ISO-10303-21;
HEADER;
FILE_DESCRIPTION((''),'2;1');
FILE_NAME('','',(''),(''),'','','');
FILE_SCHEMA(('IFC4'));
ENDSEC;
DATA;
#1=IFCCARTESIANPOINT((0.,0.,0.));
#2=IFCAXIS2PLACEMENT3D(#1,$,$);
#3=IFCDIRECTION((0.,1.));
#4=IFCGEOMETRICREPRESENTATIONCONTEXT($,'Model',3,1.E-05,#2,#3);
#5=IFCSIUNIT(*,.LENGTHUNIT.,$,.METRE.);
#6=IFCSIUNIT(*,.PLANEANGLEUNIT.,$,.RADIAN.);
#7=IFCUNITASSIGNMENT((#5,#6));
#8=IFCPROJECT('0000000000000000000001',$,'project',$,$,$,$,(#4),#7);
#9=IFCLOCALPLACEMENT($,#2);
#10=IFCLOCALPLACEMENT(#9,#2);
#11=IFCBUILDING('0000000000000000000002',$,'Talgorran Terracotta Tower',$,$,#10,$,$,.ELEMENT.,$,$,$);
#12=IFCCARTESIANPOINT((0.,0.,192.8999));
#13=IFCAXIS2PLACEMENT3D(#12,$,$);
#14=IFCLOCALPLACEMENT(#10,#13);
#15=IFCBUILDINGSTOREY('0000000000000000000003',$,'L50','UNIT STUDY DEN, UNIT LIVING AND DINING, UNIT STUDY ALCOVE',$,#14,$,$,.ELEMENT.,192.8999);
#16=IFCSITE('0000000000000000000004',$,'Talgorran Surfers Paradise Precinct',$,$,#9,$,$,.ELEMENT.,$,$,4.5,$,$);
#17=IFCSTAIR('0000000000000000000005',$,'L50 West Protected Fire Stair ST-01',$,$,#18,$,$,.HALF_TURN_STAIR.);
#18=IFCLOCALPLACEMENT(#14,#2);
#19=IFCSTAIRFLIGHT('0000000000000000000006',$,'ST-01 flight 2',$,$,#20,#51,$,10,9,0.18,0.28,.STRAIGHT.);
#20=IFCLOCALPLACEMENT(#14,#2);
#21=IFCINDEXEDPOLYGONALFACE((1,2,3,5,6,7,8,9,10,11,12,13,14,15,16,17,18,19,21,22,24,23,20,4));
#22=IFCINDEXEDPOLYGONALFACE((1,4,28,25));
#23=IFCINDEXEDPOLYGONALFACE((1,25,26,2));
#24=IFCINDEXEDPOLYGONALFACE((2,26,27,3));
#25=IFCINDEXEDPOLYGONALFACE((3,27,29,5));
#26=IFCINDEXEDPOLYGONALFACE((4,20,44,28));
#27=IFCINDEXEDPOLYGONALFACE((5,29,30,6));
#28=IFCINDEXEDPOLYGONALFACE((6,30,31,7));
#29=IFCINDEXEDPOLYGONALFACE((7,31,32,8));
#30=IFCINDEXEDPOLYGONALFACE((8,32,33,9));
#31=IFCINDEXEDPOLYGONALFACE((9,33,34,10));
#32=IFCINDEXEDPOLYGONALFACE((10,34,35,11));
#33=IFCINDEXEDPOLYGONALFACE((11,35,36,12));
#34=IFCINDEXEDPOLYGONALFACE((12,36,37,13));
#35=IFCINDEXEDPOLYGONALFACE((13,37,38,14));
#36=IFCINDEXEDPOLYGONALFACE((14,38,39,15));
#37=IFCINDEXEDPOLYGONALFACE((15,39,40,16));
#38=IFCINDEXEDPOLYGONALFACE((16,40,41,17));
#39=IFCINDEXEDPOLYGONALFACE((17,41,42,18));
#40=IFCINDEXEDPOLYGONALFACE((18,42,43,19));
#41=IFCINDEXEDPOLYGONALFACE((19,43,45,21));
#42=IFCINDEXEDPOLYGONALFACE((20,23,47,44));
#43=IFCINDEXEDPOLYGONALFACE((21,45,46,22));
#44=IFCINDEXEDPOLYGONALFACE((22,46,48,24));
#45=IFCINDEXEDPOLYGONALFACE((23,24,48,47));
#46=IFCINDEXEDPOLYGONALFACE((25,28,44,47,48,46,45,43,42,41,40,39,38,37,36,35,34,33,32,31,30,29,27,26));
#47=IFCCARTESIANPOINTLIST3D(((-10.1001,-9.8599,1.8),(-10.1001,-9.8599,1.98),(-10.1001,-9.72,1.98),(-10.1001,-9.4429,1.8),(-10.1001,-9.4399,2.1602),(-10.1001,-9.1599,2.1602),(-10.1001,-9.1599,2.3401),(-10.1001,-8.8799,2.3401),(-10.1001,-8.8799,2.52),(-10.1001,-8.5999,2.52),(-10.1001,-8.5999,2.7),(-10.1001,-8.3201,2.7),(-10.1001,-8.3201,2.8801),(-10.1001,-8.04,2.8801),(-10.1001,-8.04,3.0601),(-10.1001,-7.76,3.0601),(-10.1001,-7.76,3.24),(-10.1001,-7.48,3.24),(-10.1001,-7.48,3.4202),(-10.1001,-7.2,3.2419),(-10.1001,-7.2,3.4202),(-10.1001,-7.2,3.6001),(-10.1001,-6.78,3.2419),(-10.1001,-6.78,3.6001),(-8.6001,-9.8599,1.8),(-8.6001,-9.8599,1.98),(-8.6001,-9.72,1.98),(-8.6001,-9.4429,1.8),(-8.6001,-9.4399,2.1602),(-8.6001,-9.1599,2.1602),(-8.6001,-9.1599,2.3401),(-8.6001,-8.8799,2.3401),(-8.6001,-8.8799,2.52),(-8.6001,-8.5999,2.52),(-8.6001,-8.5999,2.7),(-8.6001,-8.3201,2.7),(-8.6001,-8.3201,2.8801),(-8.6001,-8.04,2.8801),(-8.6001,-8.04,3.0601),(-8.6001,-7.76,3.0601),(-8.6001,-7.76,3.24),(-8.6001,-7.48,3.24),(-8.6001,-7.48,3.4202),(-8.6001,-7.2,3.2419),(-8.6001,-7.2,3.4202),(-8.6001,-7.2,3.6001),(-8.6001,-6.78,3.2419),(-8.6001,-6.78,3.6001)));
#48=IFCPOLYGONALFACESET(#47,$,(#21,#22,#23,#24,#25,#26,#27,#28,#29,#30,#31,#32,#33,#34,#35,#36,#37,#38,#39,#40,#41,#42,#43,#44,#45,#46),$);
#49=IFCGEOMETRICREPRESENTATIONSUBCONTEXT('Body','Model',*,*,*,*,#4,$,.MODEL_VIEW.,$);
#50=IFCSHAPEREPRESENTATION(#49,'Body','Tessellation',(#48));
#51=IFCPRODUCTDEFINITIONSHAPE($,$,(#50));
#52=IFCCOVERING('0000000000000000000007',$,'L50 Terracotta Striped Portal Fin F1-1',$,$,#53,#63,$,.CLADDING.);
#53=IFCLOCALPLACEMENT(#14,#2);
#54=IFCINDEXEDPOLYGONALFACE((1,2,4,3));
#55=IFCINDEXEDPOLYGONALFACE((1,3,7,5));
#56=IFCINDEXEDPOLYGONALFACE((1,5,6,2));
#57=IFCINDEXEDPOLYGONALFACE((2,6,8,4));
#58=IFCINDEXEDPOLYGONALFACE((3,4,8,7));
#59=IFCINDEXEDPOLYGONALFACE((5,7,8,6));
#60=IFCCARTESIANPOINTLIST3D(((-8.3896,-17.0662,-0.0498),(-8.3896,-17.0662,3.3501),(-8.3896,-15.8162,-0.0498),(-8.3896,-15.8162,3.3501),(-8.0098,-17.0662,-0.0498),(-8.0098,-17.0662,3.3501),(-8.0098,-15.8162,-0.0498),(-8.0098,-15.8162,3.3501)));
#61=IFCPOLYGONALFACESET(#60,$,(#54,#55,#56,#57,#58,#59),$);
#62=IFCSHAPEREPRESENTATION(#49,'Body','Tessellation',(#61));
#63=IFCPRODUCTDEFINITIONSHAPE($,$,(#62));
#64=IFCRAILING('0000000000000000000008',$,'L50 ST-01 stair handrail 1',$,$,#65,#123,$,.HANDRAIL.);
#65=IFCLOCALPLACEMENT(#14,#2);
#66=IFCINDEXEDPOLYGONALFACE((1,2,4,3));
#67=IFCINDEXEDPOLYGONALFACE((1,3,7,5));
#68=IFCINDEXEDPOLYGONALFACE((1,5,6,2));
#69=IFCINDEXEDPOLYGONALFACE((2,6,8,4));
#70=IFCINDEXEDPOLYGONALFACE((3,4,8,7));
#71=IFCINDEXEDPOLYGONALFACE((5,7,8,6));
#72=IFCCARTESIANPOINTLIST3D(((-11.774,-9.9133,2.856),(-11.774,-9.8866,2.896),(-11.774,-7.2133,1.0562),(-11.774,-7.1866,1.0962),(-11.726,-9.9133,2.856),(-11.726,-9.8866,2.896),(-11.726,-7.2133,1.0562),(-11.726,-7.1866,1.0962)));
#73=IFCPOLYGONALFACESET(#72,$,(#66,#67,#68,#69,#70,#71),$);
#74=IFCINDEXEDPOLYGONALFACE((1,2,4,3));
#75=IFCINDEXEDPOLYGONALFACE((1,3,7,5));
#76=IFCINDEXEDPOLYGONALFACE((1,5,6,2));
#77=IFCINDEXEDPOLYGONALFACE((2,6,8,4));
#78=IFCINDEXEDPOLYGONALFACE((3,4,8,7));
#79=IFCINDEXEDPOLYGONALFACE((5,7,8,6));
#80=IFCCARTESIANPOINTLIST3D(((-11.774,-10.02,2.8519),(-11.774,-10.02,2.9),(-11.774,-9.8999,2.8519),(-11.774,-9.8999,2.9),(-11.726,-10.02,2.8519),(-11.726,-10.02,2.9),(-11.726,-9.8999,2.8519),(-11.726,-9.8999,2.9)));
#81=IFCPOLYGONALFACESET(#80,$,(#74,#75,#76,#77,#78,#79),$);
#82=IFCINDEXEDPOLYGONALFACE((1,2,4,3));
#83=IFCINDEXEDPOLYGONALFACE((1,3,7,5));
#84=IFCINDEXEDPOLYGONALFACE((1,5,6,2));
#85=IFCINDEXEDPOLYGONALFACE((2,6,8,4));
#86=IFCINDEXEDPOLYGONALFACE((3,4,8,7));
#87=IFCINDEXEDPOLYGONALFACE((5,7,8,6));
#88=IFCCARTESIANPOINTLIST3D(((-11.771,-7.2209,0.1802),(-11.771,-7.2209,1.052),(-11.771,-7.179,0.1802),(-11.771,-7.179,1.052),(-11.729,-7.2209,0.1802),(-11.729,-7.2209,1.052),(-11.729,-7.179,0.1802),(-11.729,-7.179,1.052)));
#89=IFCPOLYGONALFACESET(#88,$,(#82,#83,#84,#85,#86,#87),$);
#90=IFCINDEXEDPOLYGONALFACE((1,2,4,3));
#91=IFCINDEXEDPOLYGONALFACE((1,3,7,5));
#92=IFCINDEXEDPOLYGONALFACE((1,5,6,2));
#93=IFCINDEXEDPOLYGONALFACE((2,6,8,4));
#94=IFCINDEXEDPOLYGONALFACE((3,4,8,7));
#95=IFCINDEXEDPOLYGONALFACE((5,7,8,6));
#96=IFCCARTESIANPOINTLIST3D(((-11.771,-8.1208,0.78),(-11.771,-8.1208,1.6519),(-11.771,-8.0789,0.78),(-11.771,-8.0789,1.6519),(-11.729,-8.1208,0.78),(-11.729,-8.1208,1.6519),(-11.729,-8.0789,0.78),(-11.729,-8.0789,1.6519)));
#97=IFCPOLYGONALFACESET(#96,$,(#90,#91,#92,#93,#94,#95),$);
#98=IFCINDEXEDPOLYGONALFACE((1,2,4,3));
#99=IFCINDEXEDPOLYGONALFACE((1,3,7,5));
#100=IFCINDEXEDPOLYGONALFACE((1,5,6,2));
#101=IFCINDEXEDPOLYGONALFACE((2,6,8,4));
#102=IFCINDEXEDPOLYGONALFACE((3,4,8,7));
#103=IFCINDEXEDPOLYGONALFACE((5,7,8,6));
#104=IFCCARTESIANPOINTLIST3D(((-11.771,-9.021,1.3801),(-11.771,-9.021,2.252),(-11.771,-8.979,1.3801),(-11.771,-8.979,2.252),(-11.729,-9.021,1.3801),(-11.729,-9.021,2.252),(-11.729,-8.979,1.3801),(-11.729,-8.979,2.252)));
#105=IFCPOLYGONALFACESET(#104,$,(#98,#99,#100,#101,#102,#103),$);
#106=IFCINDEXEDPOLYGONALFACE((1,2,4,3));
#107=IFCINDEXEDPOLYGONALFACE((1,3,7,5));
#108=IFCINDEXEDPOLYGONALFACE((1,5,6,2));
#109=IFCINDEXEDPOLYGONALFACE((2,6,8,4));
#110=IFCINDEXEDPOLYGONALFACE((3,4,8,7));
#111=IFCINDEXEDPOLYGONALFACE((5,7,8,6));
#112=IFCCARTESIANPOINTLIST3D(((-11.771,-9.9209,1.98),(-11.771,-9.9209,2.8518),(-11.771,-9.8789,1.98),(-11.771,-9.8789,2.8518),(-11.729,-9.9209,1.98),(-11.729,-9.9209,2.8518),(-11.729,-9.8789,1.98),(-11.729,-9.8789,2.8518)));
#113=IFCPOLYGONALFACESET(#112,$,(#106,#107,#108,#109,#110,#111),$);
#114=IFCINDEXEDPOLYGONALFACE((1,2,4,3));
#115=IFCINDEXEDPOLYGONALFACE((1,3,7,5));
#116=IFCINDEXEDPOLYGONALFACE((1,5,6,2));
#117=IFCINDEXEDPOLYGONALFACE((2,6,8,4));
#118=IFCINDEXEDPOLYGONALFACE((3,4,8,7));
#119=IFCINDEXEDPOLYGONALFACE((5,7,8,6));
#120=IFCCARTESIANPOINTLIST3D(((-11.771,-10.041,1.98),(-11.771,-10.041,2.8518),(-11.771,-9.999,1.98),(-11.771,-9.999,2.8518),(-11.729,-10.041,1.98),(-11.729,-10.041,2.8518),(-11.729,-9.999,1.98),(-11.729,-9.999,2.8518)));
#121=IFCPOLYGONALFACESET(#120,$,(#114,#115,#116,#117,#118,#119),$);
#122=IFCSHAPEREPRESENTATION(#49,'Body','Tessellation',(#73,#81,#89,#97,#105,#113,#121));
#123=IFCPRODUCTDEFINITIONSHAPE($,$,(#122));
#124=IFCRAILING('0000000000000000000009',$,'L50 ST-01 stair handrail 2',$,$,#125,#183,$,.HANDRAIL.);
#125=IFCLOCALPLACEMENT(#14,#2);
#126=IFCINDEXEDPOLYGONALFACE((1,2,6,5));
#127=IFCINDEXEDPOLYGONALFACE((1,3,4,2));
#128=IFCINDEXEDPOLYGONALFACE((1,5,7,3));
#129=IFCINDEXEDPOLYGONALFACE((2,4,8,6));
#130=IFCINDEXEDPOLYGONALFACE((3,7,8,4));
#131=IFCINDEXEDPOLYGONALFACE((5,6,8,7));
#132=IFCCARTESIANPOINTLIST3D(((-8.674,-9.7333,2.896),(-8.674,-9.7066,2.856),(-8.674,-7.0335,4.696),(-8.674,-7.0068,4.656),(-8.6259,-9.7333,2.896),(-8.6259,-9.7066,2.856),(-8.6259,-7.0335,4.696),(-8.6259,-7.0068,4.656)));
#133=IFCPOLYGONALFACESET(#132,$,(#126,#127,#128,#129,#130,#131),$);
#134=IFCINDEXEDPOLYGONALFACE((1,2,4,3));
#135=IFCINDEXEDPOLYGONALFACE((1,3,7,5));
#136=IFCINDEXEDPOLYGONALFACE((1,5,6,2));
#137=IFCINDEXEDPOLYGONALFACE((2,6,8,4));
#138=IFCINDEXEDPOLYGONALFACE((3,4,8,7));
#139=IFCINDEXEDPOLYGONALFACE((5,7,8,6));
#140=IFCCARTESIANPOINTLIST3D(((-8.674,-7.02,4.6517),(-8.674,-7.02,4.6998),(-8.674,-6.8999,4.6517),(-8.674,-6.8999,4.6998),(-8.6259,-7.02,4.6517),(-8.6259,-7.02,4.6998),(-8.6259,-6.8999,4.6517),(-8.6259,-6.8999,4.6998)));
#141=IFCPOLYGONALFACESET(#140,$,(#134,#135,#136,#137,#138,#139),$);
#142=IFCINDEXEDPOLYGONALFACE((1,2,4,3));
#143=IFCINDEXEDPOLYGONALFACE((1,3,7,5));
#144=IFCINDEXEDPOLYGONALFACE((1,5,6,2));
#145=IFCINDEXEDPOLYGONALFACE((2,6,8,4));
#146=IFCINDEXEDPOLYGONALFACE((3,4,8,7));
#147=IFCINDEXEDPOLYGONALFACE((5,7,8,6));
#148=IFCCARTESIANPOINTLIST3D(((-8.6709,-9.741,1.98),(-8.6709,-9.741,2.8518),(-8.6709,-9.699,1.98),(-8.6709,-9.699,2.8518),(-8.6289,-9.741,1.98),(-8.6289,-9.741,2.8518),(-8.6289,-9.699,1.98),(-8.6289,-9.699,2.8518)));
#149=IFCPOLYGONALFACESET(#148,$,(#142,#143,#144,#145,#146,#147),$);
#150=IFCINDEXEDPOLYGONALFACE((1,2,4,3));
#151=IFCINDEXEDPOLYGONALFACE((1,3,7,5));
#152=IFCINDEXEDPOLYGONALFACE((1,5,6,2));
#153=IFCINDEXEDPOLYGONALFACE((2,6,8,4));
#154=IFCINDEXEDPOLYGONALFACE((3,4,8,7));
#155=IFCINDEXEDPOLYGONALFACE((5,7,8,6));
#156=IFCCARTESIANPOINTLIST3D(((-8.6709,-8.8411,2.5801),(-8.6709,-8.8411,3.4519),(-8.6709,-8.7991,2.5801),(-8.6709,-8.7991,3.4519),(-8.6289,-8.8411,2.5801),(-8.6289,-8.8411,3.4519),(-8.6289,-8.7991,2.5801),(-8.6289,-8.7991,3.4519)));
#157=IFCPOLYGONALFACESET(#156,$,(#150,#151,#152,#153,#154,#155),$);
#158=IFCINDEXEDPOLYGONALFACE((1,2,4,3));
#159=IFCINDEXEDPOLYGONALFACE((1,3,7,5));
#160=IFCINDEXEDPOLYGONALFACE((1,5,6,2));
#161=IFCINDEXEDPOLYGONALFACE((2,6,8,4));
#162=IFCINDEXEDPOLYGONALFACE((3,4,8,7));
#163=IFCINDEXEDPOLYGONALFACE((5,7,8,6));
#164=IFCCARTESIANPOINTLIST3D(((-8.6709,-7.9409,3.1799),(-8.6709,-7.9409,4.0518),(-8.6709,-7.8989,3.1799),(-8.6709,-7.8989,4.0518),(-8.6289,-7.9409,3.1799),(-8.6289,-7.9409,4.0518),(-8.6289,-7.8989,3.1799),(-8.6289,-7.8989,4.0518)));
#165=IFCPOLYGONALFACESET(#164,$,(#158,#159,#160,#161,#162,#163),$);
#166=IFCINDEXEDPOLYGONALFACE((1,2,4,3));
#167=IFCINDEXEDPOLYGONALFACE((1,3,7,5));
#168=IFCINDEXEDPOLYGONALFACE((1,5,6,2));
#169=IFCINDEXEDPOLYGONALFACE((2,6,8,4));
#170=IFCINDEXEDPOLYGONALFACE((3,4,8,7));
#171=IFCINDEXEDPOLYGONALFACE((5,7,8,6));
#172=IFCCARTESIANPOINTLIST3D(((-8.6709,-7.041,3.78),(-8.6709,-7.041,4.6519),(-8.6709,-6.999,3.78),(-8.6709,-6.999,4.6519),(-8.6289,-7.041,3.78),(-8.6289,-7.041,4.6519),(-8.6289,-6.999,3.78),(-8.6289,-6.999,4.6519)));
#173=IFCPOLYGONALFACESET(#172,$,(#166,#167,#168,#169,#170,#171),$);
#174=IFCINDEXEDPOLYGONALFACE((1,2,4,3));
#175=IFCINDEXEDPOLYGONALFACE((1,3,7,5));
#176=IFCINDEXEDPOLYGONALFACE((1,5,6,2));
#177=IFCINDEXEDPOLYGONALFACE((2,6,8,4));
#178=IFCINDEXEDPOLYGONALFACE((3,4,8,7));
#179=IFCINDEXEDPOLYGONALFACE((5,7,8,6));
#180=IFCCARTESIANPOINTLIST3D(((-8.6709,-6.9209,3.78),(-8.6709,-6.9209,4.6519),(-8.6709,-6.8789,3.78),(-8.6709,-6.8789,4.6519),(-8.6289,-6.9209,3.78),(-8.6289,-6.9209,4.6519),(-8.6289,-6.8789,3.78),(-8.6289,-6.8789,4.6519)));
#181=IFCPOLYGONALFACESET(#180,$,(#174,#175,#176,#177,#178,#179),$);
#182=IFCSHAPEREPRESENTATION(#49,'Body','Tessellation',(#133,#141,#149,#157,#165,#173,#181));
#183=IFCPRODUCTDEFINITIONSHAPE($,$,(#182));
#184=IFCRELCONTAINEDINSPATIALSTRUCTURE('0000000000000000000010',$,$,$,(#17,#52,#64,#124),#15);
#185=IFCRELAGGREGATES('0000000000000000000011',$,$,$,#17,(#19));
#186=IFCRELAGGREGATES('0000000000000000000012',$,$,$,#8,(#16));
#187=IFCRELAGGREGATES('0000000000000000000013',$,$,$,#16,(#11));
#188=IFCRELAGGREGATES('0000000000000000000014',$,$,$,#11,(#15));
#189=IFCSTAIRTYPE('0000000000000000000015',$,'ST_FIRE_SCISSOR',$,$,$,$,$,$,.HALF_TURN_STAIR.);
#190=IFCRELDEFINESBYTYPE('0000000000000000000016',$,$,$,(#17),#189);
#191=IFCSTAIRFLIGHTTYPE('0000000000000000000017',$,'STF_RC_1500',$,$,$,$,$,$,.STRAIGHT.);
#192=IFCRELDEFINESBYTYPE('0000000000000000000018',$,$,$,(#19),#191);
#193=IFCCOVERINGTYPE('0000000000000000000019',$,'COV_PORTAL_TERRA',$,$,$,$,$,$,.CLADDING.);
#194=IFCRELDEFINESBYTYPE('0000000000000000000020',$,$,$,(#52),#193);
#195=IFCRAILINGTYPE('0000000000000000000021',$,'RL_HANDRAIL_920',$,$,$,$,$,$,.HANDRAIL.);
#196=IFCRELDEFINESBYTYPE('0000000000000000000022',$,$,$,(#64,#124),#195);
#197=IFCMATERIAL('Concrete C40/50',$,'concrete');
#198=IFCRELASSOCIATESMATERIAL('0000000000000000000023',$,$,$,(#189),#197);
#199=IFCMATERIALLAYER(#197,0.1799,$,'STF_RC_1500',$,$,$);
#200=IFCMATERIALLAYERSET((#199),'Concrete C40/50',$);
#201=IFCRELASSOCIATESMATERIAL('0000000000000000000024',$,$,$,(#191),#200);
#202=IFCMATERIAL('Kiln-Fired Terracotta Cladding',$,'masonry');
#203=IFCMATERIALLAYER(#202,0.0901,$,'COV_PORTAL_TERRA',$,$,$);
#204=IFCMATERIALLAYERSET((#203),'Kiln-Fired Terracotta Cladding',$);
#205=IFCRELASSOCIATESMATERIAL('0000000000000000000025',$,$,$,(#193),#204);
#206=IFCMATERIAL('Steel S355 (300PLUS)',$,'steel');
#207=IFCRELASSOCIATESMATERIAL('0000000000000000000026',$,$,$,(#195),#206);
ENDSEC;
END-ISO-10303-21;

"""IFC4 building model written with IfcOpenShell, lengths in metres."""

from ifc_helpers import new_model, si_unit, direction, frame, origin, origin_2d, place, context, subcontext, project, spatial, polyline, rectangle, outline, extrude, material, layer, layer_set, type_object, element, aggregate, save


model = new_model("IFC4")

# Units and contexts
model_context = context("Model", 3, precision=1e-05, world=origin(), true_north=direction((0.0, 1.0)))
body_context = subcontext(model_context, "Body", "Model", "MODEL_VIEW")
ifc_project = project(units=[si_unit("LENGTHUNIT", "METRE"), si_unit("PLANEANGLEUNIT", "RADIAN")], contexts=[model_context])

# Site, building, storey
site_placement = place(None, origin())
site = spatial("IfcSite", under=ifc_project, at=site_placement, Name="Talgorran Surfers Paradise Precinct", CompositionType="ELEMENT", RefElevation=4.5)
building_placement = place(site_placement, origin())
building = spatial("IfcBuilding", under=site, at=building_placement, Name="Talgorran Terracotta Tower", CompositionType="ELEMENT")
storey_placement = place(building_placement, frame((0.0, 0.0, 192.8999)))
storey = spatial("IfcBuildingStorey", under=building, at=storey_placement, Name="L50", Description="UNIT STUDY DEN, UNIT LIVING AND DINING, UNIT STUDY ALCOVE", CompositionType="ELEMENT", Elevation=192.8999)

# Shared definitions
ifc_material_1 = material(Name="Steel S355 (300PLUS)", Category="steel")

# Stair, stair flight
ifc_material_2 = material(Name="Concrete C40/50", Category="concrete")
stair_type = type_object("IfcStairType", Name="ST_FIRE_SCISSOR", PredefinedType="HALF_TURN_STAIR", material=ifc_material_2)
stair_placement = place(storey_placement, origin())
stair = element("IfcStair", 1, at=stair_placement, inside=storey, type_object=stair_type, Name="L50 West Protected Fire Stair ST-01", PredefinedType="HALF_TURN_STAIR")
ifc_layer_1 = layer(ifc_material_2, 0.1799, Name="STF_RC_1500")
ifc_layer_set_1 = layer_set([ifc_layer_1], Name="Concrete C40/50")
stair_flight_type = type_object("IfcStairFlightType", Name="STF_RC_1500", PredefinedType="STRAIGHT", material=ifc_layer_set_1)
stair_flight_1_placement = place(storey_placement, frame((-9.3501, -9.72, 1.8), z_axis=(0.0, 0.0, 1.0), x_axis=(0.0, 1.0, 0.0)))
stair_flight_1 = element("IfcStairFlight", 2, at=stair_flight_1_placement, type_object=stair_flight_type, Name="ST-01 flight 2", NumberOfRisers=10, NumberOfTreads=9, PredefinedType="STRAIGHT", RiserHeight=0.18, TreadLength=0.28, context=body_context, shape_type="SweptSolid", body=[
    extrude(outline(polyline([(-0.1399, 0.0), (-0.1399, 0.1799), (0.0, 0.1799), (0.28, 0.3601), (0.5601, 0.3601), (0.5601, 0.54), (0.8401, 0.54), (0.8401, 0.72), (1.1201, 0.72), (1.1201, 0.8999), (1.3999, 0.8999), (1.3999, 1.0801), (1.6799, 1.0801), (1.6799, 1.26), (1.96, 1.26), (1.96, 1.4399), (2.24, 1.4399), (2.24, 1.6201), (2.52, 1.6201), (2.52, 1.8), (2.9399, 1.8), (2.9399, 1.4419), (2.52, 1.4419), (0.2771, 0.0), (-0.1399, 0.0)])), frame((0.0, 0.75, 0.0), z_axis=(0.0, -1.0, 0.0), x_axis=(1.0, 0.0, 0.0)), (0.0, 0.0, 1.0), 1.5),
])
aggregate(stair, [stair_flight_1])

# Covering
ifc_material_3 = material(Name="Kiln-Fired Terracotta Cladding", Category="masonry")
ifc_layer_2 = layer(ifc_material_3, 0.0901, Name="COV_PORTAL_TERRA")
ifc_layer_set_2 = layer_set([ifc_layer_2], Name="Kiln-Fired Terracotta Cladding")
covering_type = type_object("IfcCoveringType", Name="COV_PORTAL_TERRA", PredefinedType="CLADDING", material=ifc_layer_set_2)
covering_placement = place(storey_placement, frame((-8.1997, -16.4412, -0.0498), z_axis=(0.0, 0.0, 1.0), x_axis=(1.0, 0.0, 0.0)))
element("IfcCovering", 3, at=covering_placement, inside=storey, type_object=covering_type, Name="L50 Terracotta Striped Portal Fin F1-1", PredefinedType="CLADDING", context=body_context, shape_type="SweptSolid", body=[
    extrude(rectangle(XDim=0.3799, YDim=1.25, at=origin_2d()), origin(), (0.0, 0.0, 1.0), 3.3999),
])

# Railings
railing_type_1 = type_object("IfcRailingType", Name="RL_HANDRAIL_920", PredefinedType="HANDRAIL", material=ifc_material_1)
railing_1_placement = place(storey_placement, frame((-11.75, -7.2, 0.1802)))
element("IfcRailing", 4, at=railing_1_placement, inside=storey, type_object=railing_type_1, Name="L50 ST-01 stair handrail 1", PredefinedType="HANDRAIL", context=body_context, shape_type="SweptSolid", body=[
    extrude(rectangle(XDim=0.0481, YDim=0.0481, at=origin_2d()), frame((0.0, 0.0, 0.896), z_axis=(0.0, -0.832073, 0.554665), x_axis=(1.0, 0.0, 0.0)), (0.0, 0.0, 1.0), 3.2449),
    extrude(rectangle(XDim=0.0481, YDim=0.0481, at=origin_2d()), frame((0.0, -2.7, 2.6958), z_axis=(0.0, -1.0, 0.0), x_axis=(1.0, 0.0, 0.0)), (0.0, 0.0, 1.0), 0.1201),
    extrude(rectangle(XDim=0.042, YDim=0.042, at=origin_2d()), origin(), (0.0, 0.0, 1.0), 0.8718),
    extrude(rectangle(XDim=0.042, YDim=0.042, at=origin_2d()), frame((0.0, -0.8999, 0.5999)), (0.0, 0.0, 1.0), 0.8718),
    extrude(rectangle(XDim=0.042, YDim=0.042, at=origin_2d()), frame((0.0, -1.8, 1.2)), (0.0, 0.0, 1.0), 0.8718),
    extrude(rectangle(XDim=0.042, YDim=0.042, at=origin_2d()), frame((0.0, -2.7, 1.7998)), (0.0, 0.0, 1.0), 0.8718),
    extrude(rectangle(XDim=0.042, YDim=0.042, at=origin_2d()), frame((0.0, -2.8201, 1.7998)), (0.0, 0.0, 1.0), 0.8718),
])
railing_2_placement = place(storey_placement, frame((-8.6499, -9.72, 1.98)))
element("IfcRailing", 5, at=railing_2_placement, inside=storey, type_object=railing_type_1, Name="L50 ST-01 stair handrail 2", PredefinedType="HANDRAIL", context=body_context, shape_type="SweptSolid", body=[
    extrude(rectangle(XDim=0.0481, YDim=0.0481, at=origin_2d()), frame((0.0, 0.0, 0.896), z_axis=(0.0, 0.832039, 0.554718), x_axis=(-1.0, 0.0, 0.0)), (0.0, 0.0, 1.0), 3.2449),
    extrude(rectangle(XDim=0.0481, YDim=0.0481, at=origin_2d()), frame((0.0, 2.7, 2.6958), z_axis=(0.0, 1.0, 0.0), x_axis=(-1.0, 0.0, 0.0)), (0.0, 0.0, 1.0), 0.1201),
    extrude(rectangle(XDim=0.042, YDim=0.042, at=origin_2d()), origin(), (0.0, 0.0, 1.0), 0.8718),
    extrude(rectangle(XDim=0.042, YDim=0.042, at=origin_2d()), frame((0.0, 0.8999, 0.6001)), (0.0, 0.0, 1.0), 0.8718),
    extrude(rectangle(XDim=0.042, YDim=0.042, at=origin_2d()), frame((0.0, 1.8, 1.2)), (0.0, 0.0, 1.0), 0.8718),
    extrude(rectangle(XDim=0.042, YDim=0.042, at=origin_2d()), frame((0.0, 2.7, 1.8)), (0.0, 0.0, 1.0), 0.8718),
    extrude(rectangle(XDim=0.042, YDim=0.042, at=origin_2d()), frame((0.0, 2.8201, 1.8)), (0.0, 0.0, 1.0), 0.8718),
])

save(model, "model.ifc")
